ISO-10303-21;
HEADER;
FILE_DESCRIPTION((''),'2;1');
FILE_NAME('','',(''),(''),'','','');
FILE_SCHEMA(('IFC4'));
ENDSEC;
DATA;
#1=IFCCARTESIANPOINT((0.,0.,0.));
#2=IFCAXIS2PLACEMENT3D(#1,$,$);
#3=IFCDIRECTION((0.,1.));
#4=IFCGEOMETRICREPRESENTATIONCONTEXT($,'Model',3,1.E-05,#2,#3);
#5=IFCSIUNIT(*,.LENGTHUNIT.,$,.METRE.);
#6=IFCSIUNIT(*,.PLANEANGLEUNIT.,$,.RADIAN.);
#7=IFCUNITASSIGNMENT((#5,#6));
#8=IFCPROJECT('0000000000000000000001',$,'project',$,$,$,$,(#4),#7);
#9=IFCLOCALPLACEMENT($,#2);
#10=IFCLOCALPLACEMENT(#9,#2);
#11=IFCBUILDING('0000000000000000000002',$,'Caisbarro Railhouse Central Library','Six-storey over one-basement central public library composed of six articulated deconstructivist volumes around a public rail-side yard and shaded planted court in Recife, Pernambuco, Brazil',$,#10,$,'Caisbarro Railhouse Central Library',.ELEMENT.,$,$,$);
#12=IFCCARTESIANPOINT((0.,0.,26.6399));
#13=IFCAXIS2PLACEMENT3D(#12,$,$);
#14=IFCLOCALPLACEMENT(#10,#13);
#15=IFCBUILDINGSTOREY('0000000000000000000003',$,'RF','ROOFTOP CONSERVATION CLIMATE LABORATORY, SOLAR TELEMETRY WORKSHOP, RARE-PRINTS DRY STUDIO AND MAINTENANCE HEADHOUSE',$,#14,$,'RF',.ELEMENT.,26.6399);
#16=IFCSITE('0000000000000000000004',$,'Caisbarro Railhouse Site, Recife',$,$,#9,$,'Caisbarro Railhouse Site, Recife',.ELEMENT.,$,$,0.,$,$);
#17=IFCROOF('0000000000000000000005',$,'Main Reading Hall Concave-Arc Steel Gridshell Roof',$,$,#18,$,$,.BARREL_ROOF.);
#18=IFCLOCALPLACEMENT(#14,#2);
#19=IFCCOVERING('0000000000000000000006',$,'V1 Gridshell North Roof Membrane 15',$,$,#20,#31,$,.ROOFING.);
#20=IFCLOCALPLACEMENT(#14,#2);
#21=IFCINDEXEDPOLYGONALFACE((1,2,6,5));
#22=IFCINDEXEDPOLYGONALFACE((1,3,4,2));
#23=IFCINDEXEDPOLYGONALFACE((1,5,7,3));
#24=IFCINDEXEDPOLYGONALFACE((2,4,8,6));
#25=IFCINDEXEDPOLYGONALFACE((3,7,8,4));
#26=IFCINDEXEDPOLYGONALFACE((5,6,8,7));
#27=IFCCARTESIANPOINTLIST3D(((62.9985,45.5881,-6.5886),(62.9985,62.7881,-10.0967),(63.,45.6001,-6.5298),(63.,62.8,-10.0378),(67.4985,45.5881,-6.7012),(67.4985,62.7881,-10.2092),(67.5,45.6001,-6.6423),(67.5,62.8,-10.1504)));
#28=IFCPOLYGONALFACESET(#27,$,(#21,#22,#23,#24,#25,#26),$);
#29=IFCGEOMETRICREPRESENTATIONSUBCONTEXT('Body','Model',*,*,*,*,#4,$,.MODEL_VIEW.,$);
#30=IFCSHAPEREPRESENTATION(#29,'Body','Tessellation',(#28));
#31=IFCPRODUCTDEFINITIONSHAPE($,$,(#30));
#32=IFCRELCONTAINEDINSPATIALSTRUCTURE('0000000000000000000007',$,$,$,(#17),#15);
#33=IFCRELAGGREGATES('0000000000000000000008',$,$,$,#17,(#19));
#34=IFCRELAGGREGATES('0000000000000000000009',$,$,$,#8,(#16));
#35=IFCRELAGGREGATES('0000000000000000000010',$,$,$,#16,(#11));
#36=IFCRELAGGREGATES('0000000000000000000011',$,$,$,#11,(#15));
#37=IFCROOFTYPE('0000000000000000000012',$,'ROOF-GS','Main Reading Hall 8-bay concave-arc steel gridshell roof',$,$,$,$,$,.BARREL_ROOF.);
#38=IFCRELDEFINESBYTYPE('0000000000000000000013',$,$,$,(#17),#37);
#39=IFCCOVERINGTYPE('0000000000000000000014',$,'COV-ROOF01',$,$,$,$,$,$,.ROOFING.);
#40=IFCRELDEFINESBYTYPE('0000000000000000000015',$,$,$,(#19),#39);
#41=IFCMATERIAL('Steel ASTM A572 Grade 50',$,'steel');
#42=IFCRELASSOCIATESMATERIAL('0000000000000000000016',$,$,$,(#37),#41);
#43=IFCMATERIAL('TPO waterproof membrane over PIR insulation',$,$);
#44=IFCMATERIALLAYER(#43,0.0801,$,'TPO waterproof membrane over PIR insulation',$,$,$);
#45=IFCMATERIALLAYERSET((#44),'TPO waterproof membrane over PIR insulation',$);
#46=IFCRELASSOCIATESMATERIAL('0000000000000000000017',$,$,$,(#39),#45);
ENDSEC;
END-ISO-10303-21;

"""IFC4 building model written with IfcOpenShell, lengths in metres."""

from ifc_helpers import new_model, si_unit, direction, frame, origin, place, context, subcontext, project, spatial, polyline, outline, extrude, material, layer, layer_set, type_object, element, aggregate, save


model = new_model("IFC4")

# Units and contexts
model_context = context("Model", 3, precision=1e-05, world=origin(), true_north=direction((0.0, 1.0)))
body_context = subcontext(model_context, "Body", "Model", "MODEL_VIEW")
ifc_project = project(units=[si_unit("LENGTHUNIT", "METRE"), si_unit("PLANEANGLEUNIT", "RADIAN")], contexts=[model_context])

# Site, building, storey
site_placement = place(None, origin())
site = spatial("IfcSite", under=ifc_project, at=site_placement, Name="Caisbarro Railhouse Site, Recife", LongName="Caisbarro Railhouse Site, Recife", CompositionType="ELEMENT", RefElevation=0.0)
building_placement = place(site_placement, origin())
building = spatial("IfcBuilding", under=site, at=building_placement, Name="Caisbarro Railhouse Central Library", Description="Six-storey over one-basement central public library composed of six articulated deconstructivist volumes around a public rail-side yard and shaded planted court in Recife, Pernambuco, Brazil", LongName="Caisbarro Railhouse Central Library", CompositionType="ELEMENT")
storey_placement = place(building_placement, frame((0.0, 0.0, 26.6399)))
storey = spatial("IfcBuildingStorey", under=building, at=storey_placement, Name="RF", Description="ROOFTOP CONSERVATION CLIMATE LABORATORY, SOLAR TELEMETRY WORKSHOP, RARE-PRINTS DRY STUDIO AND MAINTENANCE HEADHOUSE", LongName="RF", CompositionType="ELEMENT", Elevation=26.6399)

# Shared definitions
ifc_material_1 = material(Name="Steel ASTM A572 Grade 50", Category="steel")

# Roof, covering
roof_type = type_object("IfcRoofType", Name="ROOF-GS", Description="Main Reading Hall 8-bay concave-arc steel gridshell roof", PredefinedType="BARREL_ROOF", material=ifc_material_1)
roof_placement = place(storey_placement, origin())
roof = element("IfcRoof", 1, at=roof_placement, inside=storey, type_object=roof_type, Name="Main Reading Hall Concave-Arc Steel Gridshell Roof", PredefinedType="BARREL_ROOF")
ifc_material_2 = material(Name="TPO waterproof membrane over PIR insulation")
ifc_layer_1 = layer(ifc_material_2, 0.0801, Name="TPO waterproof membrane over PIR insulation")
ifc_layer_set_1 = layer_set([ifc_layer_1], Name="TPO waterproof membrane over PIR insulation")
covering_type = type_object("IfcCoveringType", Name="COV-ROOF01", PredefinedType="ROOFING", material=ifc_layer_set_1)
covering_placement = place(storey_placement, frame((63.0, 45.6001, -6.5298), z_axis=(0.024499, 0.199783, 0.979534), x_axis=(0.999687, 0.0, -0.025003)))
covering = element("IfcCovering", 2, at=covering_placement, type_object=covering_type, Name="V1 Gridshell North Roof Membrane 15", PredefinedType="ROOFING", context=body_context, shape_type="SweptSolid", body=[
    extrude(outline(polyline([(0.0, 0.0), (4.5014, 0.0), (4.5891, 17.5538), (0.0877, 17.5538), (0.0, 0.0)])), origin(), (0.0, 0.0, -1.0), 0.0601),
])
aggregate(roof, [covering])

save(model, "model.ifc")
